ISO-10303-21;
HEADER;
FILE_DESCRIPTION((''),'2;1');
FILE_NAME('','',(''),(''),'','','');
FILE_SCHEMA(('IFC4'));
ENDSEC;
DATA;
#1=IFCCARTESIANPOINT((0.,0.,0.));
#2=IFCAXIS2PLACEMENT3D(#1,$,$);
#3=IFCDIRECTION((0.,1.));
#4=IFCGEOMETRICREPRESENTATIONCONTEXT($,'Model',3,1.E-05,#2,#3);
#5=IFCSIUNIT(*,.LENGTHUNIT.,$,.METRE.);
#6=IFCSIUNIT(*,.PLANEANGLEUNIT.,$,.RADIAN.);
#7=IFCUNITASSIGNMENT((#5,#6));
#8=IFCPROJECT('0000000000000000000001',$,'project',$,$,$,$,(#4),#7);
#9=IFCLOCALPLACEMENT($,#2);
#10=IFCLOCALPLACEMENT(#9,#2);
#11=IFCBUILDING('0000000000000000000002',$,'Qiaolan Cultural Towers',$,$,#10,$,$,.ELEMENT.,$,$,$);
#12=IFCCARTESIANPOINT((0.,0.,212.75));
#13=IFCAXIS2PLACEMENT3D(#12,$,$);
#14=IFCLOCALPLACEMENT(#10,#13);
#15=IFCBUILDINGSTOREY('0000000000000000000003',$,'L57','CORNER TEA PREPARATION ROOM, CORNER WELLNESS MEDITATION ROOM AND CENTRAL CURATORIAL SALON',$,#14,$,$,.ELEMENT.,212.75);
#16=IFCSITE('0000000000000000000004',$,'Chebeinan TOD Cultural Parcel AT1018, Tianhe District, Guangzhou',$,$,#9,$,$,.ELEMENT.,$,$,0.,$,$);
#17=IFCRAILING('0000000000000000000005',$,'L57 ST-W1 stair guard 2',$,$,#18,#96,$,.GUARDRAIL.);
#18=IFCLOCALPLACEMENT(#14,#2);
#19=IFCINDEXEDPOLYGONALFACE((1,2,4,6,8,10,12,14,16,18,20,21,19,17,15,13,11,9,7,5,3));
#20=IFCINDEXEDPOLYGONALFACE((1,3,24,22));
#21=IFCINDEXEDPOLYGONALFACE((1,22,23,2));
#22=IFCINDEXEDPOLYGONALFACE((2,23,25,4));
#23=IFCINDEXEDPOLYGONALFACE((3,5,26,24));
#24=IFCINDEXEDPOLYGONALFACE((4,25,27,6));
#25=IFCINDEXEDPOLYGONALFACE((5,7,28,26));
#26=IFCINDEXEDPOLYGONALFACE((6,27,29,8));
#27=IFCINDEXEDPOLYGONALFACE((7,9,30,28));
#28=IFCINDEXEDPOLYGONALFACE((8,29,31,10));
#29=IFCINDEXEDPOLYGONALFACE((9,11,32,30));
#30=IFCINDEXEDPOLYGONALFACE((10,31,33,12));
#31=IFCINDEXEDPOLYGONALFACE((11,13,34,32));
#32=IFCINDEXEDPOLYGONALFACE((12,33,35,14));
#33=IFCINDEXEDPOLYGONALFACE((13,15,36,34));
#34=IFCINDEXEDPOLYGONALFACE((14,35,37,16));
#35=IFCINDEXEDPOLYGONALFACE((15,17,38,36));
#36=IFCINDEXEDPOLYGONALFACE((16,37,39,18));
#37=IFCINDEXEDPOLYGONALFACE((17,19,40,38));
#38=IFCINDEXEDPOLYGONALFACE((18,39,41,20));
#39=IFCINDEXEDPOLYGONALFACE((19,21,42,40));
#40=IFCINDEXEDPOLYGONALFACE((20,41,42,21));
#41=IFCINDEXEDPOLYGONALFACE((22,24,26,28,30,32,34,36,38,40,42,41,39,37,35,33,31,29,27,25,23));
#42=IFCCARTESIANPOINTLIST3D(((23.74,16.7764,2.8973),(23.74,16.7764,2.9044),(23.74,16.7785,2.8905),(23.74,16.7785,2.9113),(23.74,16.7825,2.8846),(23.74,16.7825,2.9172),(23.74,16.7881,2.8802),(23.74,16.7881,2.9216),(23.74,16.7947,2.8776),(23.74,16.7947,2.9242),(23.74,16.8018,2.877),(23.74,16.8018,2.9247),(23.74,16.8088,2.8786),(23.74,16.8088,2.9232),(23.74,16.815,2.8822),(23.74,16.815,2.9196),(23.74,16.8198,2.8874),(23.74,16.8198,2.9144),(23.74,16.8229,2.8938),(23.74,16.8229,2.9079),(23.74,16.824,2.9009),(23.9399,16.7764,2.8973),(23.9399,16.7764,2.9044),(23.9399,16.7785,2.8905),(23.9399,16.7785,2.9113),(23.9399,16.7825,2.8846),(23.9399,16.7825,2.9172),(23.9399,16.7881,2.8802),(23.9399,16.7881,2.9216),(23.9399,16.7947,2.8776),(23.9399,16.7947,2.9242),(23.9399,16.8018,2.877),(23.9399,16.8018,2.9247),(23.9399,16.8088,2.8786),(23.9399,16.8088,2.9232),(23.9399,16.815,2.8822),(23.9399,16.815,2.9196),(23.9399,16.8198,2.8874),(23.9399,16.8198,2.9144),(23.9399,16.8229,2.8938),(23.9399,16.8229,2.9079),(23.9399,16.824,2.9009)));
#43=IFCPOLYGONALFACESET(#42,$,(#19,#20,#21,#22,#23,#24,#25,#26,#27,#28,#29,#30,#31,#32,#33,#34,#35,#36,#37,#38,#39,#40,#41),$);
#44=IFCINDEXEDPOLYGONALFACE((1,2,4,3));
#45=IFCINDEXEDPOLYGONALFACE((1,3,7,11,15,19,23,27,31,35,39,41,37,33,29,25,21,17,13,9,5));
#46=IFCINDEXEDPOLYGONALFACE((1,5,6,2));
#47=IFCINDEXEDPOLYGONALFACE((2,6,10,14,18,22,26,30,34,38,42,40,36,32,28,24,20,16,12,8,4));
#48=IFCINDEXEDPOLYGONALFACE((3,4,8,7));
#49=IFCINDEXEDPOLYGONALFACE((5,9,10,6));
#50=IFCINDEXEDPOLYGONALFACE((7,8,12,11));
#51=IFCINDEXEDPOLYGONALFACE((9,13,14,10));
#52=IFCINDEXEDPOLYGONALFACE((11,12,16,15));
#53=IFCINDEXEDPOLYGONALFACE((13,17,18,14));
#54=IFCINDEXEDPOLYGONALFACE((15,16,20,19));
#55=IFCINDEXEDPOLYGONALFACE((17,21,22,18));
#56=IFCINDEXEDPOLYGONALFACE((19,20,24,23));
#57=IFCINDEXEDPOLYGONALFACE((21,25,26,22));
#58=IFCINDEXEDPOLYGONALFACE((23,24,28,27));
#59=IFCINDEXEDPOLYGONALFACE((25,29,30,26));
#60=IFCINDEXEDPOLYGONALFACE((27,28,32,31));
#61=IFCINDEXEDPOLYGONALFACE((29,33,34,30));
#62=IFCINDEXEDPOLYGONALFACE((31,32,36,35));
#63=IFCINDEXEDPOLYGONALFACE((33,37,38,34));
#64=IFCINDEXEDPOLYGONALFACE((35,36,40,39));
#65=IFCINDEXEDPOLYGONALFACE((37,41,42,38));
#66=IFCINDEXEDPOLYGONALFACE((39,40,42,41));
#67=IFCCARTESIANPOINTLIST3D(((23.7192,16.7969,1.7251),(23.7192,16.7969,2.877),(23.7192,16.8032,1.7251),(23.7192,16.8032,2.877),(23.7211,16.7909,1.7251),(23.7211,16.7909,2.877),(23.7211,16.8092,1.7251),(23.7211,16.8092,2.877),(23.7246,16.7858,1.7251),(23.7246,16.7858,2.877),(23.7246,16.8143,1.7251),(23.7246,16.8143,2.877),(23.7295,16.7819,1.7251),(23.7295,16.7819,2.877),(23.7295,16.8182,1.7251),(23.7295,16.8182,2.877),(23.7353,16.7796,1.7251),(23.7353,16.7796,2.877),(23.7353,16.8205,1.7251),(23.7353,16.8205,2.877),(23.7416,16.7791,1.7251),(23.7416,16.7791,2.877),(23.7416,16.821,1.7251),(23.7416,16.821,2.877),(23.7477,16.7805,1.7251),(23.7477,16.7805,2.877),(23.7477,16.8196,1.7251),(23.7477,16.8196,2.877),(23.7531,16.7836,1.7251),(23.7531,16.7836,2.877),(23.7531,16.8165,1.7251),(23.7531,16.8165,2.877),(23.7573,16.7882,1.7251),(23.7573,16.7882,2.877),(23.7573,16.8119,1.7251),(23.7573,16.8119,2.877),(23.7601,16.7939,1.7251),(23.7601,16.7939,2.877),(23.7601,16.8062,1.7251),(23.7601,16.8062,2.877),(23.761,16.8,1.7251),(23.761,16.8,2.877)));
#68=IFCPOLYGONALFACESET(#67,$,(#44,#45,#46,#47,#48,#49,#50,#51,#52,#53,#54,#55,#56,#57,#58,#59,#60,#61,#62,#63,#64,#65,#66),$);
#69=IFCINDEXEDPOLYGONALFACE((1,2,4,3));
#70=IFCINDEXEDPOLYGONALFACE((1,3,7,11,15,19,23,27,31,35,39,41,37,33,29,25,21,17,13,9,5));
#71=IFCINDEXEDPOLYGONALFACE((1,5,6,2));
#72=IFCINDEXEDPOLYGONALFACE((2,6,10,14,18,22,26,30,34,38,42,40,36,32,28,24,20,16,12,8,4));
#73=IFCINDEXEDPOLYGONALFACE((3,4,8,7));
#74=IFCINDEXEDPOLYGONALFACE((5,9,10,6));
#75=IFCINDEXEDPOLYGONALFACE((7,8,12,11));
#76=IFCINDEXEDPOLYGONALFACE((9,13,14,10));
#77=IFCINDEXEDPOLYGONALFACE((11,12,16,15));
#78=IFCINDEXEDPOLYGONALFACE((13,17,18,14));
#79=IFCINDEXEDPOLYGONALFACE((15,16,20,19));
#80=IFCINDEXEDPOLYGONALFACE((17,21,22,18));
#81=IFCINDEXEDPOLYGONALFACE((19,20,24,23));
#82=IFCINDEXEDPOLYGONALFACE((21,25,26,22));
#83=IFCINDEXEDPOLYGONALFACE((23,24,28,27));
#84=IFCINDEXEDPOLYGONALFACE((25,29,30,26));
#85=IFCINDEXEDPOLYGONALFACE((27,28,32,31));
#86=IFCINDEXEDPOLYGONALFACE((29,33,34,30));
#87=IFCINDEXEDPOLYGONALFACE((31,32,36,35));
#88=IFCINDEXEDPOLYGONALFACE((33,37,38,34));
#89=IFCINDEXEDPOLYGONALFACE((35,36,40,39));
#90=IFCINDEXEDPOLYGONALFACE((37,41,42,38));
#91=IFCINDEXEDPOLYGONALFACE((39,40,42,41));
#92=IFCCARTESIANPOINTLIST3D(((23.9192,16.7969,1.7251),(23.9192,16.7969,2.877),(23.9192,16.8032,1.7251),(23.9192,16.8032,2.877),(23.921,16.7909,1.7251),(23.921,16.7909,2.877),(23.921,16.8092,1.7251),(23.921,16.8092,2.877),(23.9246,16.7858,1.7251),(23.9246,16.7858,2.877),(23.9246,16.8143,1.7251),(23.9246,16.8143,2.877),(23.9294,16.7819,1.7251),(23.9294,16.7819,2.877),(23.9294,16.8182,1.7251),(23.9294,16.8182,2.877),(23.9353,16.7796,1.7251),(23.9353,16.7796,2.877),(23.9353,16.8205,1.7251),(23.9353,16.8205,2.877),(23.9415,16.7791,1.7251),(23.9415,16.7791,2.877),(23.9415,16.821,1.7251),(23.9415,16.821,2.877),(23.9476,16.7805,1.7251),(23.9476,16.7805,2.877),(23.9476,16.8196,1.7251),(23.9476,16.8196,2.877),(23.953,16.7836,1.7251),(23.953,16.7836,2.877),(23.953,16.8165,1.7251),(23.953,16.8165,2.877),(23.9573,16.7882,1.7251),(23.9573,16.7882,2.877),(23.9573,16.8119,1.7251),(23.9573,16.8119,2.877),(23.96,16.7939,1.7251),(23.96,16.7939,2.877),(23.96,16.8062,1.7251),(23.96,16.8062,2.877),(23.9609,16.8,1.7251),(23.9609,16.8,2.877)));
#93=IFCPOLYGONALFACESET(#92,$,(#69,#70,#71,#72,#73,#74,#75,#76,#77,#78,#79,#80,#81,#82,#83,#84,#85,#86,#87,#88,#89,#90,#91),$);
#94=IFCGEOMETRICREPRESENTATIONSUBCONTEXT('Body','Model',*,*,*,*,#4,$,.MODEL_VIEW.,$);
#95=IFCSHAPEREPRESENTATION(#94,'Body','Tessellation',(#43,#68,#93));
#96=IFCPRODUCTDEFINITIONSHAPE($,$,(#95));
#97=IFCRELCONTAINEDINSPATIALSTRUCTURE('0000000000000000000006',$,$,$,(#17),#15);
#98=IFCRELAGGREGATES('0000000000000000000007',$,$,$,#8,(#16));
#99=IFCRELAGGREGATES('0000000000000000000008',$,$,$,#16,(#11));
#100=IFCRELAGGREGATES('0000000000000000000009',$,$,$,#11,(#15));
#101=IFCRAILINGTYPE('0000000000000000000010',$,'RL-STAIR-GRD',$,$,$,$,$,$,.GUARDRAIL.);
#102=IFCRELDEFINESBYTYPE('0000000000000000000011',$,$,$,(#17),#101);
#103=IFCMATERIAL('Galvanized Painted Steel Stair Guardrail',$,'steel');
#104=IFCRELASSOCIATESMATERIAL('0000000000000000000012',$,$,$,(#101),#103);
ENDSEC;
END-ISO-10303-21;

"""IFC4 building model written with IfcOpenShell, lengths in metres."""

from ifc_helpers import new_model, si_unit, direction, frame, origin, origin_2d, place, context, subcontext, project, spatial, circle, extrude, material, type_object, element, save


model = new_model("IFC4")

# Units and contexts
model_context = context("Model", 3, precision=1e-05, world=origin(), true_north=direction((0.0, 1.0)))
body_context = subcontext(model_context, "Body", "Model", "MODEL_VIEW")
ifc_project = project(units=[si_unit("LENGTHUNIT", "METRE"), si_unit("PLANEANGLEUNIT", "RADIAN")], contexts=[model_context])

# Site, building, storey
site_placement = place(None, origin())
site = spatial("IfcSite", under=ifc_project, at=site_placement, Name="Chebeinan TOD Cultural Parcel AT1018, Tianhe District, Guangzhou", CompositionType="ELEMENT", RefElevation=0.0)
building_placement = place(site_placement, origin())
building = spatial("IfcBuilding", under=site, at=building_placement, Name="Qiaolan Cultural Towers", CompositionType="ELEMENT")
storey_placement = place(building_placement, frame((0.0, 0.0, 212.75)))
storey = spatial("IfcBuildingStorey", under=building, at=storey_placement, Name="L57", Description="CORNER TEA PREPARATION ROOM, CORNER WELLNESS MEDITATION ROOM AND CENTRAL CURATORIAL SALON", CompositionType="ELEMENT", Elevation=212.75)

# Railing
ifc_material_1 = material(Name="Galvanized Painted Steel Stair Guardrail", Category="steel")
railing_type_1 = type_object("IfcRailingType", Name="RL-STAIR-GRD", PredefinedType="GUARDRAIL", material=ifc_material_1)
railing_1_placement = place(storey_placement, frame((23.74, 16.8, 1.7251)))
element("IfcRailing", 1, at=railing_1_placement, inside=storey, type_object=railing_type_1, Name="L57 ST-W1 stair guard 2", PredefinedType="GUARDRAIL", context=body_context, shape_type="SweptSolid", body=[
    extrude(circle(Radius=0.0239, at=origin_2d()), frame((0.0, 0.0, 1.1758), z_axis=(1.0, 0.0, 0.0), x_axis=(0.0, 1.0, 0.0)), (0.0, 0.0, 1.0), 0.2),
    extrude(circle(Radius=0.021, at=origin_2d()), origin(), (0.0, 0.0, 1.0), 1.1519),
    extrude(circle(Radius=0.021, at=origin_2d()), frame((0.2, 0.0, 0.0)), (0.0, 0.0, 1.0), 1.1519),
])

save(model, "model.ifc")
